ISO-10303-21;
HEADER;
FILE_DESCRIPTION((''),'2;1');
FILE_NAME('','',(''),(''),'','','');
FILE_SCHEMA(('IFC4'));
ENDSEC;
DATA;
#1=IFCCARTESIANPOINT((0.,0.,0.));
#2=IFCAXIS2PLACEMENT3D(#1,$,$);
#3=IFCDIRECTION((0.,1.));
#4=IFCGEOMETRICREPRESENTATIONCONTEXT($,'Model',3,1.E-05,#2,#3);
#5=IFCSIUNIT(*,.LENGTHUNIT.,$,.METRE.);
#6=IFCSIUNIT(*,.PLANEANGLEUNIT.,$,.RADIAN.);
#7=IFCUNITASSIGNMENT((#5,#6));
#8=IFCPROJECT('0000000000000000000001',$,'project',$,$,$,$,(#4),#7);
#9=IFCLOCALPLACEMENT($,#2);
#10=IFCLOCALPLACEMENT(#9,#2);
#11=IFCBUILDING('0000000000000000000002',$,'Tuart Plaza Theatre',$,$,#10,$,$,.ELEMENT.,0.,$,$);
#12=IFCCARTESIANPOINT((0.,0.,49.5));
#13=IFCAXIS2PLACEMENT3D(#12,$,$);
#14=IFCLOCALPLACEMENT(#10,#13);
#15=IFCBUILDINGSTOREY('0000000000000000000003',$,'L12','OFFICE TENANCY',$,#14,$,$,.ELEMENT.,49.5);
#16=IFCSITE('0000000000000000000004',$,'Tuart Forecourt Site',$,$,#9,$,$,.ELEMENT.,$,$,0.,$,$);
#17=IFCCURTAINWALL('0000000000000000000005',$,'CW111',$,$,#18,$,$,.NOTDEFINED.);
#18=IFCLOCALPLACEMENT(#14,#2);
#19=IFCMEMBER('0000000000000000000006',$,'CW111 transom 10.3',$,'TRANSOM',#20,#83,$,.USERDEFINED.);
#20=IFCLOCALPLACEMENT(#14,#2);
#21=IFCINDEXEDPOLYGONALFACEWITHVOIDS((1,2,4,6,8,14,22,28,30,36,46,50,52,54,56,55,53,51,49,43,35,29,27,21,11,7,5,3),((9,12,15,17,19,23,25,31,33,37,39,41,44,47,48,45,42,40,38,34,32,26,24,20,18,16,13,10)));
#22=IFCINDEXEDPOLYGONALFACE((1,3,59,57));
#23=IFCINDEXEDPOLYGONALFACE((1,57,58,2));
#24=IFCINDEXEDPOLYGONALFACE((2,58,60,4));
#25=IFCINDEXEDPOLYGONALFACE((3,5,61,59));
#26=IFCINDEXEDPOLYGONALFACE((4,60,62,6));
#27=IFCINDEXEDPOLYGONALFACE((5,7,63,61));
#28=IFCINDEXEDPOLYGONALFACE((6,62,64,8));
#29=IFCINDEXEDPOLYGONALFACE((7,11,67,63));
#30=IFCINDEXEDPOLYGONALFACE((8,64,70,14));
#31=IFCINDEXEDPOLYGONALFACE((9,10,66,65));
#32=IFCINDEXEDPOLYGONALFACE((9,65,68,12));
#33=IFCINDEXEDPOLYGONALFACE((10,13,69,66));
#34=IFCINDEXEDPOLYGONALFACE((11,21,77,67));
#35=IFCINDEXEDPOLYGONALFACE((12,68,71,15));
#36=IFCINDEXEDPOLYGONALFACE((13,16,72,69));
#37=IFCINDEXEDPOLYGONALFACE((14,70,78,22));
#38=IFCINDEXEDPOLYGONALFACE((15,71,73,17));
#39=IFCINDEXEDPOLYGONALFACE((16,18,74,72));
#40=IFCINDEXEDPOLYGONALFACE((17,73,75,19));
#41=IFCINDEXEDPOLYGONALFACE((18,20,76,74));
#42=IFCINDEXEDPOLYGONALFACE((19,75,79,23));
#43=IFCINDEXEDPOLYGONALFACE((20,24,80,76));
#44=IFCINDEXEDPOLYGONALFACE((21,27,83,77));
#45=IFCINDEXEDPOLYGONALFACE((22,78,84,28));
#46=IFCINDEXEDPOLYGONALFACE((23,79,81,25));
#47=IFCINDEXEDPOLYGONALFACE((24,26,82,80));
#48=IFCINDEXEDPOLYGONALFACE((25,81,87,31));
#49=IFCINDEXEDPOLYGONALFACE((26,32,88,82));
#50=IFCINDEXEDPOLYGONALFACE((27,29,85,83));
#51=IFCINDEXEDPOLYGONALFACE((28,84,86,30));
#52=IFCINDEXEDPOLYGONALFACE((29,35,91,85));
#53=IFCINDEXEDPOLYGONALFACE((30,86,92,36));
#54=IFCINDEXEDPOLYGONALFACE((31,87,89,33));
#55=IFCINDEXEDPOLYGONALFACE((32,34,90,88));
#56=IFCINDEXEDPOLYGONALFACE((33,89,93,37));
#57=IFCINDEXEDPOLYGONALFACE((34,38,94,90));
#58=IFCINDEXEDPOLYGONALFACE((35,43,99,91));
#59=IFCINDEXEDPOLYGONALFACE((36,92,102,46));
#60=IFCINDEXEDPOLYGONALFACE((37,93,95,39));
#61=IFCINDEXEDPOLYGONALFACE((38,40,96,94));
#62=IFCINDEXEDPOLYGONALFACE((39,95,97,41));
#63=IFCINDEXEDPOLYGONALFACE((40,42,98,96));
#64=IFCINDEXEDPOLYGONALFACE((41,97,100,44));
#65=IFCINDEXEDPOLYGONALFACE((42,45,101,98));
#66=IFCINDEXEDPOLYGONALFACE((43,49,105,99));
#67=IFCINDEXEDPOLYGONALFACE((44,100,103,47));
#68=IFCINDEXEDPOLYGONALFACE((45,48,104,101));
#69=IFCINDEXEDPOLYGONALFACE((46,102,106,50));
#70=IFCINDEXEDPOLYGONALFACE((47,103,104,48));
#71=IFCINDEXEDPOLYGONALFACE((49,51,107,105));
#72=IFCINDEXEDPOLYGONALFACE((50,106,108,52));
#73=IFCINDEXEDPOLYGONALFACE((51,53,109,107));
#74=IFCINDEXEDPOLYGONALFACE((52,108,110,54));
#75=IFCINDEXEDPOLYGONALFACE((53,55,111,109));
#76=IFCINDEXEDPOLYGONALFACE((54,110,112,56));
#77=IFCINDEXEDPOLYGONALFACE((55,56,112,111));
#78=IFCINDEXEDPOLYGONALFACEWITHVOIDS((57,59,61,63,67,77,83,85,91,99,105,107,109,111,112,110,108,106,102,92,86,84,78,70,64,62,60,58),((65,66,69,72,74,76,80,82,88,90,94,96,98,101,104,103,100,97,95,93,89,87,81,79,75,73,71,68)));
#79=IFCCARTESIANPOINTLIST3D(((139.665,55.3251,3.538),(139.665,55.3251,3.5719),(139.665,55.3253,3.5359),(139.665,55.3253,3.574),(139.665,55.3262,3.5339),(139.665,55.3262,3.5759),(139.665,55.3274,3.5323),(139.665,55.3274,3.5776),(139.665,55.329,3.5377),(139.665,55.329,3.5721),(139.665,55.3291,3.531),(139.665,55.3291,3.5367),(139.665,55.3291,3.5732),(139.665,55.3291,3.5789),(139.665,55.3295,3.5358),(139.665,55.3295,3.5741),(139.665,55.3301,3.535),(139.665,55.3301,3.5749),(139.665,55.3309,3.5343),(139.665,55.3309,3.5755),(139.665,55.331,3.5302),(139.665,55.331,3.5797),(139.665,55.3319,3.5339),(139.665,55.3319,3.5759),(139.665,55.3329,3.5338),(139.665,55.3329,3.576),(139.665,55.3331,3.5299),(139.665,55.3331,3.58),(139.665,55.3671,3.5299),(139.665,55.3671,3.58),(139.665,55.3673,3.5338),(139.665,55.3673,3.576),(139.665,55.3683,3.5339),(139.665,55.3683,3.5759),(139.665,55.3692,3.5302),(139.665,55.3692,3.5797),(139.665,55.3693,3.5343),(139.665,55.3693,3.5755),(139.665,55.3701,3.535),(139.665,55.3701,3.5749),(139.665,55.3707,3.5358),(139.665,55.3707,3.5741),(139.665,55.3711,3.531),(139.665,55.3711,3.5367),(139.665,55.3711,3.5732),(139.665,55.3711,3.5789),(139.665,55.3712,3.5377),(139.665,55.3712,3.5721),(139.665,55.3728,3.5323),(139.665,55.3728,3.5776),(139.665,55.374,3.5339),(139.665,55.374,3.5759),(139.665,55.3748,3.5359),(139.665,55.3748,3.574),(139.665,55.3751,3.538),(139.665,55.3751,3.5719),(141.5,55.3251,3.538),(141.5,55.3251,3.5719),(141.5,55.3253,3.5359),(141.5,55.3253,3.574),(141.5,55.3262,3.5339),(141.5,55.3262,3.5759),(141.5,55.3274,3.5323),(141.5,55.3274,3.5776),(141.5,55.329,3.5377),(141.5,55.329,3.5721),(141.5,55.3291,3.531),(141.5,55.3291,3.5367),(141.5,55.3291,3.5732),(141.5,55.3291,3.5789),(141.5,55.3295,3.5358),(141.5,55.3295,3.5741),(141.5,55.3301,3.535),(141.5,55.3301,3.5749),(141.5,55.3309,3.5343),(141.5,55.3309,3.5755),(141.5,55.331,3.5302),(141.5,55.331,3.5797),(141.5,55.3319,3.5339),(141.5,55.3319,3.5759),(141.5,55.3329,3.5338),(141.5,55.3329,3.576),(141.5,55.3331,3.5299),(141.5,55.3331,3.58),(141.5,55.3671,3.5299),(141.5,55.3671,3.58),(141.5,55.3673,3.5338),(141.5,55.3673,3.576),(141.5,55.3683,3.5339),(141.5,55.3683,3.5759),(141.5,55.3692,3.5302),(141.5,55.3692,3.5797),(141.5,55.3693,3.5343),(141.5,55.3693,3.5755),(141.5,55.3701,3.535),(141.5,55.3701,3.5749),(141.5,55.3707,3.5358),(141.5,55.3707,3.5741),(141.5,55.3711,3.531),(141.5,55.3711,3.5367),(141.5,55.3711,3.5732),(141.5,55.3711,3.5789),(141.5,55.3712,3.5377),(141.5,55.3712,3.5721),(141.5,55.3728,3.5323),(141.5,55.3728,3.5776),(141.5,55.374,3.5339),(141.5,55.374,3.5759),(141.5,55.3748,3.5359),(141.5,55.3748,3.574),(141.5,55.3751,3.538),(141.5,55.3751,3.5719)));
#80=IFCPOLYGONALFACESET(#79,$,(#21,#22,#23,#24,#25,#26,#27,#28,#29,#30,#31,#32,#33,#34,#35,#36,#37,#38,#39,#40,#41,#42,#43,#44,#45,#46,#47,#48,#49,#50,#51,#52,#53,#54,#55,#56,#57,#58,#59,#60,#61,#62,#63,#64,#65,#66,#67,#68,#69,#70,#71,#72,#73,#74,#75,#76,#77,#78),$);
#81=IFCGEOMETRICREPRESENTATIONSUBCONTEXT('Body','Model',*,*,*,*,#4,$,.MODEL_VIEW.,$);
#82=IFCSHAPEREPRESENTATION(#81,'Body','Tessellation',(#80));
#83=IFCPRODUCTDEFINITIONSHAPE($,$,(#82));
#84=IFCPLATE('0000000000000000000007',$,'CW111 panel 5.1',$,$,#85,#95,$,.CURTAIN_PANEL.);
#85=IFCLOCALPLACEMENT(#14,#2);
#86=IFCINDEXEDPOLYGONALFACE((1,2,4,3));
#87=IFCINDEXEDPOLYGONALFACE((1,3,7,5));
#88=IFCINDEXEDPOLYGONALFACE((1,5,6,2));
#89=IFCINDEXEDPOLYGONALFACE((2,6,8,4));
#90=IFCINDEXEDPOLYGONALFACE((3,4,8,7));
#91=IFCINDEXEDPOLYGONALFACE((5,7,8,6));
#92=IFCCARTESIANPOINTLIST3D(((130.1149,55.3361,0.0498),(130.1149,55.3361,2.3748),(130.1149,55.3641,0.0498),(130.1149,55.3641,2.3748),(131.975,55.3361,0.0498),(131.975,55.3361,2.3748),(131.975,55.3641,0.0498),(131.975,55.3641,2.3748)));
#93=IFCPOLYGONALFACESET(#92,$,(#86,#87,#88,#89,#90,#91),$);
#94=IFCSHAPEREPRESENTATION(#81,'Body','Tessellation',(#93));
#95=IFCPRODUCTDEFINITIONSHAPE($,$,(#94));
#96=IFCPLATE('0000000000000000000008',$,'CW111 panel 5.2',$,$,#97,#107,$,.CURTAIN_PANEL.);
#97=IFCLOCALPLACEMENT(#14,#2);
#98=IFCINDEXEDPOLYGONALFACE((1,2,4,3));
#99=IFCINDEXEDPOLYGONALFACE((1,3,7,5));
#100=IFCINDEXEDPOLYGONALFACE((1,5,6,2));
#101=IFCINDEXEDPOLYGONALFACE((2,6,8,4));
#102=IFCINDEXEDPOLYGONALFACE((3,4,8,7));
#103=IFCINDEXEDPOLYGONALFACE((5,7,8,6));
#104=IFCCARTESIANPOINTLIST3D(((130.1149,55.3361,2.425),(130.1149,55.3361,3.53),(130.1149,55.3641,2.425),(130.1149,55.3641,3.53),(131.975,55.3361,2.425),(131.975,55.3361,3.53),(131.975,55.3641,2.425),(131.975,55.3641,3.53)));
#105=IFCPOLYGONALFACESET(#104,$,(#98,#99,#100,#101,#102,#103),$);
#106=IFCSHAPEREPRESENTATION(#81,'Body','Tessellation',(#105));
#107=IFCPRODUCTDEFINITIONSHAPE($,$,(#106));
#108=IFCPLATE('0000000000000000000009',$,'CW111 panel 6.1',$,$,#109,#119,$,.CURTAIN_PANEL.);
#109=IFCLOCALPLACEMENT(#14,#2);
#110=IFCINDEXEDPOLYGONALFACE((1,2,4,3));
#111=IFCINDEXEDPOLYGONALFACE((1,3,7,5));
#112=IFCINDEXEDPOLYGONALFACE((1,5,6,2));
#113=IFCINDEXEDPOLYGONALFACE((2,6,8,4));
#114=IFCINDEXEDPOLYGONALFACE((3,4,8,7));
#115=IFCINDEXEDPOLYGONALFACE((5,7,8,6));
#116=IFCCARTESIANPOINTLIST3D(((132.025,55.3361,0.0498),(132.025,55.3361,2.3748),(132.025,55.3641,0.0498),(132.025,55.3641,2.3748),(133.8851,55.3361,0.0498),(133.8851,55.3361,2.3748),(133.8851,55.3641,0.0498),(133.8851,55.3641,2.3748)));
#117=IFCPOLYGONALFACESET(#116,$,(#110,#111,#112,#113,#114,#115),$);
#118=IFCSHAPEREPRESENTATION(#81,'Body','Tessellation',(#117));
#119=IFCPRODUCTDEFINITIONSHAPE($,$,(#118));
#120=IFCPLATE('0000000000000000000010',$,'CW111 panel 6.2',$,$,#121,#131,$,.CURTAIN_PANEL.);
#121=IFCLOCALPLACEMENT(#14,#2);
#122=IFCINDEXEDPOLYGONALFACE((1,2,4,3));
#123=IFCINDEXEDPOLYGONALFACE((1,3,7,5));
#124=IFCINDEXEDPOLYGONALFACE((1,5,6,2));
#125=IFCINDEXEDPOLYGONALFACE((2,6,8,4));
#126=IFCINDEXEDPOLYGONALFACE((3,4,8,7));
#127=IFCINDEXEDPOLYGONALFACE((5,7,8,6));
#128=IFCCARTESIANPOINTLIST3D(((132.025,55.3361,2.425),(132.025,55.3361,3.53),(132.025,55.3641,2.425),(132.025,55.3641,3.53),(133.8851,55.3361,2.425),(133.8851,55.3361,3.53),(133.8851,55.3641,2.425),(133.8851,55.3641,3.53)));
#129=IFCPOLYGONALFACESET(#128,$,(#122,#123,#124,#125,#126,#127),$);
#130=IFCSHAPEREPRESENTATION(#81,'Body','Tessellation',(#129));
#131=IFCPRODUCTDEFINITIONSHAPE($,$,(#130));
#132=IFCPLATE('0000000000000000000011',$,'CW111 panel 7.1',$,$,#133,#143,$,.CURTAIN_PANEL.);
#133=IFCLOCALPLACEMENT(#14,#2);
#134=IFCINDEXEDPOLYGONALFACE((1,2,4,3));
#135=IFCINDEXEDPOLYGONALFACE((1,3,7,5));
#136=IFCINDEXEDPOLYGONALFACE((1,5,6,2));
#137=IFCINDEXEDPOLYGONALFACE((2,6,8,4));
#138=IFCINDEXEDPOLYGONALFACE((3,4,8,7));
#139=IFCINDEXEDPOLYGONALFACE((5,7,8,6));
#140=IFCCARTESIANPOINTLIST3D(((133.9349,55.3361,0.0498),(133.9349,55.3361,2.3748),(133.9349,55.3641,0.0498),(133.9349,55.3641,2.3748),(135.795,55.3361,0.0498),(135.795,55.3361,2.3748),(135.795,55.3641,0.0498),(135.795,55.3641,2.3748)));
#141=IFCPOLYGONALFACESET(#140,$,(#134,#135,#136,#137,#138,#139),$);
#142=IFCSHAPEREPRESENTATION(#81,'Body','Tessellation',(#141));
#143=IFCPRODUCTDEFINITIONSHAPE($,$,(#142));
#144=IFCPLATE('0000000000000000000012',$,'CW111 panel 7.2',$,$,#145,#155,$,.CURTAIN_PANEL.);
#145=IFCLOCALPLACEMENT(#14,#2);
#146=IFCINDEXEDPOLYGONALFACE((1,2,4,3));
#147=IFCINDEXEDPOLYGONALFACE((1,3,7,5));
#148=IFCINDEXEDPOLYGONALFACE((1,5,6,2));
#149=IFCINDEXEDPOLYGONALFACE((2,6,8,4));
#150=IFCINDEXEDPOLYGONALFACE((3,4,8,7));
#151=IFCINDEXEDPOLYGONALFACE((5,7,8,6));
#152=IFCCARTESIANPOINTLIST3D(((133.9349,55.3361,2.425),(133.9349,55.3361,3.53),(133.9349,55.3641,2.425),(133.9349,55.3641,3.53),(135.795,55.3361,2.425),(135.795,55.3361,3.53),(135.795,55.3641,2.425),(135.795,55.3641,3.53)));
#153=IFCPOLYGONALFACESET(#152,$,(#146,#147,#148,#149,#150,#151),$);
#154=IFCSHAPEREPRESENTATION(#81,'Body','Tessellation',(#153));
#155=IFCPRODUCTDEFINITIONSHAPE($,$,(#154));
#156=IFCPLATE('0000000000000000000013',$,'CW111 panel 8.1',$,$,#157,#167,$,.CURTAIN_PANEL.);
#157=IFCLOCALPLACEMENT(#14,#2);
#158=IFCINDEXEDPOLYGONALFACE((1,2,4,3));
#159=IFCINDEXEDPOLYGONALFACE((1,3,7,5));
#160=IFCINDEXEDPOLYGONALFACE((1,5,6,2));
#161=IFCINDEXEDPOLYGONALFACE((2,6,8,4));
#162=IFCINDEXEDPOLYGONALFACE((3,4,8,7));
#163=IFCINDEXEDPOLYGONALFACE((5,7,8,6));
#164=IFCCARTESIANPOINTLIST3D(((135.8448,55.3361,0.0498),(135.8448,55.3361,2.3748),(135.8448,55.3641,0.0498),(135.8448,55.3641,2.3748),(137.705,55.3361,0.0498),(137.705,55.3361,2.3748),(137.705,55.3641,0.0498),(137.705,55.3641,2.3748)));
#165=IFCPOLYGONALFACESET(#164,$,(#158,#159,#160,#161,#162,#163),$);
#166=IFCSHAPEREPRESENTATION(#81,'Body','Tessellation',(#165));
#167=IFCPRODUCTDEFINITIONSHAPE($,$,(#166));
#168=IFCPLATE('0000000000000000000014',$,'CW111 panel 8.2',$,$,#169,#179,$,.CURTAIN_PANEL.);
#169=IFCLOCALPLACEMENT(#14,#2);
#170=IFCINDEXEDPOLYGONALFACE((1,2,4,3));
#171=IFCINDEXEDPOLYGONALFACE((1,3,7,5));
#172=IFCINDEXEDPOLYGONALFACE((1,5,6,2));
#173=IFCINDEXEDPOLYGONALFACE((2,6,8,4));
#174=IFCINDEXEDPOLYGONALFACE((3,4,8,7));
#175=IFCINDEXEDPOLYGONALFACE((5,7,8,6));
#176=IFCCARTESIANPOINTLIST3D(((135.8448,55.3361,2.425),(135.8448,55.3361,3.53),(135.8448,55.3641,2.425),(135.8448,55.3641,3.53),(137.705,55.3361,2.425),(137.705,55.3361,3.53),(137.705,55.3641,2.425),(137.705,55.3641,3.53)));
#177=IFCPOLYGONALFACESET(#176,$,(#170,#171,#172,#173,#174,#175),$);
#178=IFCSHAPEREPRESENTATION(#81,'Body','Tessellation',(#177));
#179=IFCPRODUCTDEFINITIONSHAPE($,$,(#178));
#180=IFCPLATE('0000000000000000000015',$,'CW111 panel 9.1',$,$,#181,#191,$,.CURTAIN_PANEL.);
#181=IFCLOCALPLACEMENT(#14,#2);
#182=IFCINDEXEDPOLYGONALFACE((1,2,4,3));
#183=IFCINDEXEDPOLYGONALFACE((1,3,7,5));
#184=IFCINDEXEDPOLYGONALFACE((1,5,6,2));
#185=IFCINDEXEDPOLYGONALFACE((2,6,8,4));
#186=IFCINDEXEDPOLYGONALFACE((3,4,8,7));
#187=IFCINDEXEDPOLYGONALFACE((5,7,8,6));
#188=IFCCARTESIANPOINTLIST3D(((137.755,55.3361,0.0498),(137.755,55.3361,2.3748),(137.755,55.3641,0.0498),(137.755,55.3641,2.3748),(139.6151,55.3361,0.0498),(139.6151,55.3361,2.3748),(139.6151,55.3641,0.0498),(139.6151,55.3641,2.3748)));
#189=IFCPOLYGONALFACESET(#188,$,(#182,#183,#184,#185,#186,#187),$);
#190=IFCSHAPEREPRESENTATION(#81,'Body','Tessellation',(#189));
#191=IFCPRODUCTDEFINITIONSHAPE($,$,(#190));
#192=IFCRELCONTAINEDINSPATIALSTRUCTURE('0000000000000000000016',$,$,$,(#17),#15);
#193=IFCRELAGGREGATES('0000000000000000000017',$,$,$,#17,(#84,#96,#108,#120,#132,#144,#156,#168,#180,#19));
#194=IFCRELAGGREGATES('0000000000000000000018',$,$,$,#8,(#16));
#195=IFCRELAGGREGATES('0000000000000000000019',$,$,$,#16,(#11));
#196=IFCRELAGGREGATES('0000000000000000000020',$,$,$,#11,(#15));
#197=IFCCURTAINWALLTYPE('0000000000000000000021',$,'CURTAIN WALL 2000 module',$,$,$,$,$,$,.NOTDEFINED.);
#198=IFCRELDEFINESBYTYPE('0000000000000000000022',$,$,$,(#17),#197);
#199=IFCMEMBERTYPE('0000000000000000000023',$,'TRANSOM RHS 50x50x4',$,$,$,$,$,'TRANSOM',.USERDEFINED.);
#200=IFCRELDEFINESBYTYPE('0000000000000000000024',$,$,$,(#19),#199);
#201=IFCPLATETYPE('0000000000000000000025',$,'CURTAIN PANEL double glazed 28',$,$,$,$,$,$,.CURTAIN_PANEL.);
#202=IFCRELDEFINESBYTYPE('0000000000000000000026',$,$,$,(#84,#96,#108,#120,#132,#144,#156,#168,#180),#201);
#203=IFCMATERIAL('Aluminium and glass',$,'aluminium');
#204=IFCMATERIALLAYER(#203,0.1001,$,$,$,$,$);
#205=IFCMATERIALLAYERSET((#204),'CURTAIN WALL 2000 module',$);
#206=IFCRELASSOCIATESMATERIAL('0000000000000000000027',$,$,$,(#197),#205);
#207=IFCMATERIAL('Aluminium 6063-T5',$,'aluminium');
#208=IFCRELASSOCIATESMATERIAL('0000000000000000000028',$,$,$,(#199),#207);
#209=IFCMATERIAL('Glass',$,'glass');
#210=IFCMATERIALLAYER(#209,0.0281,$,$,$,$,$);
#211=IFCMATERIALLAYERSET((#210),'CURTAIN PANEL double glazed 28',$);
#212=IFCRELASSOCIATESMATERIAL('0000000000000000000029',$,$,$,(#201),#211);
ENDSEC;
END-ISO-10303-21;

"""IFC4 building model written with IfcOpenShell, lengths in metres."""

from ifc_helpers import new_model, si_unit, direction, frame, origin, origin_2d, place, context, subcontext, project, spatial, rectangle, hollow_rectangle, extrude, material, layer, layer_set, material_profile, profile_set, type_object, element, aggregate, save


model = new_model("IFC4")

# Units and contexts
model_context = context("Model", 3, precision=1e-05, world=origin(), true_north=direction((0.0, 1.0)))
body_context = subcontext(model_context, "Body", "Model", "MODEL_VIEW")
ifc_project = project(units=[si_unit("LENGTHUNIT", "METRE"), si_unit("PLANEANGLEUNIT", "RADIAN")], contexts=[model_context])

# Site, building, storey
site_placement = place(None, origin())
site = spatial("IfcSite", under=ifc_project, at=site_placement, Name="Tuart Forecourt Site", CompositionType="ELEMENT", RefElevation=0.0)
building_placement = place(site_placement, origin())
building = spatial("IfcBuilding", under=site, at=building_placement, Name="Tuart Plaza Theatre", CompositionType="ELEMENT", ElevationOfRefHeight=0.0)
storey_placement = place(building_placement, frame((0.0, 0.0, 49.5)))
storey = spatial("IfcBuildingStorey", under=building, at=storey_placement, Name="L12", Description="OFFICE TENANCY", CompositionType="ELEMENT", Elevation=49.5)

# Shared definitions
ifc_material_1 = material(Name="Aluminium and glass", Category="aluminium")
ifc_layer_1 = layer(ifc_material_1, 0.1001)
ifc_layer_set_1 = layer_set([ifc_layer_1], Name="CURTAIN WALL 2000 module")
curtain_wall_type = type_object("IfcCurtainWallType", Name="CURTAIN WALL 2000 module", PredefinedType="NOTDEFINED", material=ifc_layer_set_1)

# Curtain wall
curtain_wall_1_placement = place(storey_placement, origin())
curtain_wall_1 = element("IfcCurtainWall", 1, at=curtain_wall_1_placement, inside=storey, type_object=curtain_wall_type, Name="CW111", PredefinedType="NOTDEFINED")

# Member
ifc_material_2 = material(Name="Aluminium 6063-T5", Category="aluminium")
ifc_material_profile_1 = material_profile(ifc_material_2, hollow_rectangle(XDim=0.05, YDim=0.05, WallThickness=0.0039, InnerFilletRadius=0.0039, OuterFilletRadius=0.0081, at=origin_2d()), Name="RHS 50x50x4")
ifc_profile_set_1 = profile_set([ifc_material_profile_1], Name="Aluminium 6063-T5")
member_type_1 = type_object("IfcMemberType", Name="TRANSOM RHS 50x50x4", ElementType="TRANSOM", PredefinedType="USERDEFINED", material=ifc_profile_set_1)
member_1_placement = place(storey_placement, frame((139.665, 55.3501, 3.5549), z_axis=(1.0, 0.0, 0.0), x_axis=(0.0, 1.0, 0.0)))
member_1 = element("IfcMember", 2, at=member_1_placement, type_object=member_type_1, Name="CW111 transom 10.3", ObjectType="TRANSOM", PredefinedType="USERDEFINED", context=body_context, shape_type="SweptSolid", body=[
    extrude(hollow_rectangle(XDim=0.05, YDim=0.05, WallThickness=0.0039, InnerFilletRadius=0.0039, OuterFilletRadius=0.0081, at=origin_2d()), origin(), (0.0, 0.0, 1.0), 1.835),
])

# Plates
ifc_material_3 = material(Name="Glass", Category="glass")
ifc_layer_2 = layer(ifc_material_3, 0.0281)
ifc_layer_set_2 = layer_set([ifc_layer_2], Name="CURTAIN PANEL double glazed 28")
plate_type = type_object("IfcPlateType", Name="CURTAIN PANEL double glazed 28", PredefinedType="CURTAIN_PANEL", material=ifc_layer_set_2)
plate_1_placement = place(storey_placement, frame((131.0449, 55.3501, 0.0498), z_axis=(0.0, 0.0, 1.0), x_axis=(1.0, 0.0, 0.0)))
plate_1 = element("IfcPlate", 3, at=plate_1_placement, type_object=plate_type, Name="CW111 panel 5.1", PredefinedType="CURTAIN_PANEL", context=body_context, shape_type="SweptSolid", body=[
    extrude(rectangle(XDim=1.8601, YDim=0.0281, at=origin_2d()), origin(), (0.0, 0.0, 1.0), 2.325),
])
plate_2_placement = place(storey_placement, frame((131.0449, 55.3501, 2.425), z_axis=(0.0, 0.0, 1.0), x_axis=(1.0, 0.0, 0.0)))
plate_2 = element("IfcPlate", 4, at=plate_2_placement, type_object=plate_type, Name="CW111 panel 5.2", PredefinedType="CURTAIN_PANEL", context=body_context, shape_type="SweptSolid", body=[
    extrude(rectangle(XDim=1.8601, YDim=0.0281, at=origin_2d()), origin(), (0.0, 0.0, 1.0), 1.105),
])
plate_3_placement = place(storey_placement, frame((132.9551, 55.3501, 0.0498), z_axis=(0.0, 0.0, 1.0), x_axis=(1.0, 0.0, 0.0)))
plate_3 = element("IfcPlate", 5, at=plate_3_placement, type_object=plate_type, Name="CW111 panel 6.1", PredefinedType="CURTAIN_PANEL", context=body_context, shape_type="SweptSolid", body=[
    extrude(rectangle(XDim=1.8601, YDim=0.0281, at=origin_2d()), origin(), (0.0, 0.0, 1.0), 2.325),
])
plate_4_placement = place(storey_placement, frame((132.9551, 55.3501, 2.425), z_axis=(0.0, 0.0, 1.0), x_axis=(1.0, 0.0, 0.0)))
plate_4 = element("IfcPlate", 6, at=plate_4_placement, type_object=plate_type, Name="CW111 panel 6.2", PredefinedType="CURTAIN_PANEL", context=body_context, shape_type="SweptSolid", body=[
    extrude(rectangle(XDim=1.8601, YDim=0.0281, at=origin_2d()), origin(), (0.0, 0.0, 1.0), 1.105),
])
plate_5_placement = place(storey_placement, frame((134.865, 55.3501, 0.0498), z_axis=(0.0, 0.0, 1.0), x_axis=(1.0, 0.0, 0.0)))
plate_5 = element("IfcPlate", 7, at=plate_5_placement, type_object=plate_type, Name="CW111 panel 7.1", PredefinedType="CURTAIN_PANEL", context=body_context, shape_type="SweptSolid", body=[
    extrude(rectangle(XDim=1.8601, YDim=0.0281, at=origin_2d()), origin(), (0.0, 0.0, 1.0), 2.325),
])
plate_6_placement = place(storey_placement, frame((134.865, 55.3501, 2.425), z_axis=(0.0, 0.0, 1.0), x_axis=(1.0, 0.0, 0.0)))
plate_6 = element("IfcPlate", 8, at=plate_6_placement, type_object=plate_type, Name="CW111 panel 7.2", PredefinedType="CURTAIN_PANEL", context=body_context, shape_type="SweptSolid", body=[
    extrude(rectangle(XDim=1.8601, YDim=0.0281, at=origin_2d()), origin(), (0.0, 0.0, 1.0), 1.105),
])
plate_7_placement = place(storey_placement, frame((136.7749, 55.3501, 0.0498), z_axis=(0.0, 0.0, 1.0), x_axis=(1.0, 0.0, 0.0)))
plate_7 = element("IfcPlate", 9, at=plate_7_placement, type_object=plate_type, Name="CW111 panel 8.1", PredefinedType="CURTAIN_PANEL", context=body_context, shape_type="SweptSolid", body=[
    extrude(rectangle(XDim=1.8601, YDim=0.0281, at=origin_2d()), origin(), (0.0, 0.0, 1.0), 2.325),
])
plate_8_placement = place(storey_placement, frame((136.7749, 55.3501, 2.425), z_axis=(0.0, 0.0, 1.0), x_axis=(1.0, 0.0, 0.0)))
plate_8 = element("IfcPlate", 10, at=plate_8_placement, type_object=plate_type, Name="CW111 panel 8.2", PredefinedType="CURTAIN_PANEL", context=body_context, shape_type="SweptSolid", body=[
    extrude(rectangle(XDim=1.8601, YDim=0.0281, at=origin_2d()), origin(), (0.0, 0.0, 1.0), 1.105),
])
plate_9_placement = place(storey_placement, frame((138.6851, 55.3501, 0.0498), z_axis=(0.0, 0.0, 1.0), x_axis=(1.0, 0.0, 0.0)))
plate_9 = element("IfcPlate", 11, at=plate_9_placement, type_object=plate_type, Name="CW111 panel 9.1", PredefinedType="CURTAIN_PANEL", context=body_context, shape_type="SweptSolid", body=[
    extrude(rectangle(XDim=1.8601, YDim=0.0281, at=origin_2d()), origin(), (0.0, 0.0, 1.0), 2.325),
])
aggregate(curtain_wall_1, [plate_1, plate_2, plate_3, plate_4, plate_5, plate_6, plate_7, plate_8, plate_9, member_1])

save(model, "model.ifc")
